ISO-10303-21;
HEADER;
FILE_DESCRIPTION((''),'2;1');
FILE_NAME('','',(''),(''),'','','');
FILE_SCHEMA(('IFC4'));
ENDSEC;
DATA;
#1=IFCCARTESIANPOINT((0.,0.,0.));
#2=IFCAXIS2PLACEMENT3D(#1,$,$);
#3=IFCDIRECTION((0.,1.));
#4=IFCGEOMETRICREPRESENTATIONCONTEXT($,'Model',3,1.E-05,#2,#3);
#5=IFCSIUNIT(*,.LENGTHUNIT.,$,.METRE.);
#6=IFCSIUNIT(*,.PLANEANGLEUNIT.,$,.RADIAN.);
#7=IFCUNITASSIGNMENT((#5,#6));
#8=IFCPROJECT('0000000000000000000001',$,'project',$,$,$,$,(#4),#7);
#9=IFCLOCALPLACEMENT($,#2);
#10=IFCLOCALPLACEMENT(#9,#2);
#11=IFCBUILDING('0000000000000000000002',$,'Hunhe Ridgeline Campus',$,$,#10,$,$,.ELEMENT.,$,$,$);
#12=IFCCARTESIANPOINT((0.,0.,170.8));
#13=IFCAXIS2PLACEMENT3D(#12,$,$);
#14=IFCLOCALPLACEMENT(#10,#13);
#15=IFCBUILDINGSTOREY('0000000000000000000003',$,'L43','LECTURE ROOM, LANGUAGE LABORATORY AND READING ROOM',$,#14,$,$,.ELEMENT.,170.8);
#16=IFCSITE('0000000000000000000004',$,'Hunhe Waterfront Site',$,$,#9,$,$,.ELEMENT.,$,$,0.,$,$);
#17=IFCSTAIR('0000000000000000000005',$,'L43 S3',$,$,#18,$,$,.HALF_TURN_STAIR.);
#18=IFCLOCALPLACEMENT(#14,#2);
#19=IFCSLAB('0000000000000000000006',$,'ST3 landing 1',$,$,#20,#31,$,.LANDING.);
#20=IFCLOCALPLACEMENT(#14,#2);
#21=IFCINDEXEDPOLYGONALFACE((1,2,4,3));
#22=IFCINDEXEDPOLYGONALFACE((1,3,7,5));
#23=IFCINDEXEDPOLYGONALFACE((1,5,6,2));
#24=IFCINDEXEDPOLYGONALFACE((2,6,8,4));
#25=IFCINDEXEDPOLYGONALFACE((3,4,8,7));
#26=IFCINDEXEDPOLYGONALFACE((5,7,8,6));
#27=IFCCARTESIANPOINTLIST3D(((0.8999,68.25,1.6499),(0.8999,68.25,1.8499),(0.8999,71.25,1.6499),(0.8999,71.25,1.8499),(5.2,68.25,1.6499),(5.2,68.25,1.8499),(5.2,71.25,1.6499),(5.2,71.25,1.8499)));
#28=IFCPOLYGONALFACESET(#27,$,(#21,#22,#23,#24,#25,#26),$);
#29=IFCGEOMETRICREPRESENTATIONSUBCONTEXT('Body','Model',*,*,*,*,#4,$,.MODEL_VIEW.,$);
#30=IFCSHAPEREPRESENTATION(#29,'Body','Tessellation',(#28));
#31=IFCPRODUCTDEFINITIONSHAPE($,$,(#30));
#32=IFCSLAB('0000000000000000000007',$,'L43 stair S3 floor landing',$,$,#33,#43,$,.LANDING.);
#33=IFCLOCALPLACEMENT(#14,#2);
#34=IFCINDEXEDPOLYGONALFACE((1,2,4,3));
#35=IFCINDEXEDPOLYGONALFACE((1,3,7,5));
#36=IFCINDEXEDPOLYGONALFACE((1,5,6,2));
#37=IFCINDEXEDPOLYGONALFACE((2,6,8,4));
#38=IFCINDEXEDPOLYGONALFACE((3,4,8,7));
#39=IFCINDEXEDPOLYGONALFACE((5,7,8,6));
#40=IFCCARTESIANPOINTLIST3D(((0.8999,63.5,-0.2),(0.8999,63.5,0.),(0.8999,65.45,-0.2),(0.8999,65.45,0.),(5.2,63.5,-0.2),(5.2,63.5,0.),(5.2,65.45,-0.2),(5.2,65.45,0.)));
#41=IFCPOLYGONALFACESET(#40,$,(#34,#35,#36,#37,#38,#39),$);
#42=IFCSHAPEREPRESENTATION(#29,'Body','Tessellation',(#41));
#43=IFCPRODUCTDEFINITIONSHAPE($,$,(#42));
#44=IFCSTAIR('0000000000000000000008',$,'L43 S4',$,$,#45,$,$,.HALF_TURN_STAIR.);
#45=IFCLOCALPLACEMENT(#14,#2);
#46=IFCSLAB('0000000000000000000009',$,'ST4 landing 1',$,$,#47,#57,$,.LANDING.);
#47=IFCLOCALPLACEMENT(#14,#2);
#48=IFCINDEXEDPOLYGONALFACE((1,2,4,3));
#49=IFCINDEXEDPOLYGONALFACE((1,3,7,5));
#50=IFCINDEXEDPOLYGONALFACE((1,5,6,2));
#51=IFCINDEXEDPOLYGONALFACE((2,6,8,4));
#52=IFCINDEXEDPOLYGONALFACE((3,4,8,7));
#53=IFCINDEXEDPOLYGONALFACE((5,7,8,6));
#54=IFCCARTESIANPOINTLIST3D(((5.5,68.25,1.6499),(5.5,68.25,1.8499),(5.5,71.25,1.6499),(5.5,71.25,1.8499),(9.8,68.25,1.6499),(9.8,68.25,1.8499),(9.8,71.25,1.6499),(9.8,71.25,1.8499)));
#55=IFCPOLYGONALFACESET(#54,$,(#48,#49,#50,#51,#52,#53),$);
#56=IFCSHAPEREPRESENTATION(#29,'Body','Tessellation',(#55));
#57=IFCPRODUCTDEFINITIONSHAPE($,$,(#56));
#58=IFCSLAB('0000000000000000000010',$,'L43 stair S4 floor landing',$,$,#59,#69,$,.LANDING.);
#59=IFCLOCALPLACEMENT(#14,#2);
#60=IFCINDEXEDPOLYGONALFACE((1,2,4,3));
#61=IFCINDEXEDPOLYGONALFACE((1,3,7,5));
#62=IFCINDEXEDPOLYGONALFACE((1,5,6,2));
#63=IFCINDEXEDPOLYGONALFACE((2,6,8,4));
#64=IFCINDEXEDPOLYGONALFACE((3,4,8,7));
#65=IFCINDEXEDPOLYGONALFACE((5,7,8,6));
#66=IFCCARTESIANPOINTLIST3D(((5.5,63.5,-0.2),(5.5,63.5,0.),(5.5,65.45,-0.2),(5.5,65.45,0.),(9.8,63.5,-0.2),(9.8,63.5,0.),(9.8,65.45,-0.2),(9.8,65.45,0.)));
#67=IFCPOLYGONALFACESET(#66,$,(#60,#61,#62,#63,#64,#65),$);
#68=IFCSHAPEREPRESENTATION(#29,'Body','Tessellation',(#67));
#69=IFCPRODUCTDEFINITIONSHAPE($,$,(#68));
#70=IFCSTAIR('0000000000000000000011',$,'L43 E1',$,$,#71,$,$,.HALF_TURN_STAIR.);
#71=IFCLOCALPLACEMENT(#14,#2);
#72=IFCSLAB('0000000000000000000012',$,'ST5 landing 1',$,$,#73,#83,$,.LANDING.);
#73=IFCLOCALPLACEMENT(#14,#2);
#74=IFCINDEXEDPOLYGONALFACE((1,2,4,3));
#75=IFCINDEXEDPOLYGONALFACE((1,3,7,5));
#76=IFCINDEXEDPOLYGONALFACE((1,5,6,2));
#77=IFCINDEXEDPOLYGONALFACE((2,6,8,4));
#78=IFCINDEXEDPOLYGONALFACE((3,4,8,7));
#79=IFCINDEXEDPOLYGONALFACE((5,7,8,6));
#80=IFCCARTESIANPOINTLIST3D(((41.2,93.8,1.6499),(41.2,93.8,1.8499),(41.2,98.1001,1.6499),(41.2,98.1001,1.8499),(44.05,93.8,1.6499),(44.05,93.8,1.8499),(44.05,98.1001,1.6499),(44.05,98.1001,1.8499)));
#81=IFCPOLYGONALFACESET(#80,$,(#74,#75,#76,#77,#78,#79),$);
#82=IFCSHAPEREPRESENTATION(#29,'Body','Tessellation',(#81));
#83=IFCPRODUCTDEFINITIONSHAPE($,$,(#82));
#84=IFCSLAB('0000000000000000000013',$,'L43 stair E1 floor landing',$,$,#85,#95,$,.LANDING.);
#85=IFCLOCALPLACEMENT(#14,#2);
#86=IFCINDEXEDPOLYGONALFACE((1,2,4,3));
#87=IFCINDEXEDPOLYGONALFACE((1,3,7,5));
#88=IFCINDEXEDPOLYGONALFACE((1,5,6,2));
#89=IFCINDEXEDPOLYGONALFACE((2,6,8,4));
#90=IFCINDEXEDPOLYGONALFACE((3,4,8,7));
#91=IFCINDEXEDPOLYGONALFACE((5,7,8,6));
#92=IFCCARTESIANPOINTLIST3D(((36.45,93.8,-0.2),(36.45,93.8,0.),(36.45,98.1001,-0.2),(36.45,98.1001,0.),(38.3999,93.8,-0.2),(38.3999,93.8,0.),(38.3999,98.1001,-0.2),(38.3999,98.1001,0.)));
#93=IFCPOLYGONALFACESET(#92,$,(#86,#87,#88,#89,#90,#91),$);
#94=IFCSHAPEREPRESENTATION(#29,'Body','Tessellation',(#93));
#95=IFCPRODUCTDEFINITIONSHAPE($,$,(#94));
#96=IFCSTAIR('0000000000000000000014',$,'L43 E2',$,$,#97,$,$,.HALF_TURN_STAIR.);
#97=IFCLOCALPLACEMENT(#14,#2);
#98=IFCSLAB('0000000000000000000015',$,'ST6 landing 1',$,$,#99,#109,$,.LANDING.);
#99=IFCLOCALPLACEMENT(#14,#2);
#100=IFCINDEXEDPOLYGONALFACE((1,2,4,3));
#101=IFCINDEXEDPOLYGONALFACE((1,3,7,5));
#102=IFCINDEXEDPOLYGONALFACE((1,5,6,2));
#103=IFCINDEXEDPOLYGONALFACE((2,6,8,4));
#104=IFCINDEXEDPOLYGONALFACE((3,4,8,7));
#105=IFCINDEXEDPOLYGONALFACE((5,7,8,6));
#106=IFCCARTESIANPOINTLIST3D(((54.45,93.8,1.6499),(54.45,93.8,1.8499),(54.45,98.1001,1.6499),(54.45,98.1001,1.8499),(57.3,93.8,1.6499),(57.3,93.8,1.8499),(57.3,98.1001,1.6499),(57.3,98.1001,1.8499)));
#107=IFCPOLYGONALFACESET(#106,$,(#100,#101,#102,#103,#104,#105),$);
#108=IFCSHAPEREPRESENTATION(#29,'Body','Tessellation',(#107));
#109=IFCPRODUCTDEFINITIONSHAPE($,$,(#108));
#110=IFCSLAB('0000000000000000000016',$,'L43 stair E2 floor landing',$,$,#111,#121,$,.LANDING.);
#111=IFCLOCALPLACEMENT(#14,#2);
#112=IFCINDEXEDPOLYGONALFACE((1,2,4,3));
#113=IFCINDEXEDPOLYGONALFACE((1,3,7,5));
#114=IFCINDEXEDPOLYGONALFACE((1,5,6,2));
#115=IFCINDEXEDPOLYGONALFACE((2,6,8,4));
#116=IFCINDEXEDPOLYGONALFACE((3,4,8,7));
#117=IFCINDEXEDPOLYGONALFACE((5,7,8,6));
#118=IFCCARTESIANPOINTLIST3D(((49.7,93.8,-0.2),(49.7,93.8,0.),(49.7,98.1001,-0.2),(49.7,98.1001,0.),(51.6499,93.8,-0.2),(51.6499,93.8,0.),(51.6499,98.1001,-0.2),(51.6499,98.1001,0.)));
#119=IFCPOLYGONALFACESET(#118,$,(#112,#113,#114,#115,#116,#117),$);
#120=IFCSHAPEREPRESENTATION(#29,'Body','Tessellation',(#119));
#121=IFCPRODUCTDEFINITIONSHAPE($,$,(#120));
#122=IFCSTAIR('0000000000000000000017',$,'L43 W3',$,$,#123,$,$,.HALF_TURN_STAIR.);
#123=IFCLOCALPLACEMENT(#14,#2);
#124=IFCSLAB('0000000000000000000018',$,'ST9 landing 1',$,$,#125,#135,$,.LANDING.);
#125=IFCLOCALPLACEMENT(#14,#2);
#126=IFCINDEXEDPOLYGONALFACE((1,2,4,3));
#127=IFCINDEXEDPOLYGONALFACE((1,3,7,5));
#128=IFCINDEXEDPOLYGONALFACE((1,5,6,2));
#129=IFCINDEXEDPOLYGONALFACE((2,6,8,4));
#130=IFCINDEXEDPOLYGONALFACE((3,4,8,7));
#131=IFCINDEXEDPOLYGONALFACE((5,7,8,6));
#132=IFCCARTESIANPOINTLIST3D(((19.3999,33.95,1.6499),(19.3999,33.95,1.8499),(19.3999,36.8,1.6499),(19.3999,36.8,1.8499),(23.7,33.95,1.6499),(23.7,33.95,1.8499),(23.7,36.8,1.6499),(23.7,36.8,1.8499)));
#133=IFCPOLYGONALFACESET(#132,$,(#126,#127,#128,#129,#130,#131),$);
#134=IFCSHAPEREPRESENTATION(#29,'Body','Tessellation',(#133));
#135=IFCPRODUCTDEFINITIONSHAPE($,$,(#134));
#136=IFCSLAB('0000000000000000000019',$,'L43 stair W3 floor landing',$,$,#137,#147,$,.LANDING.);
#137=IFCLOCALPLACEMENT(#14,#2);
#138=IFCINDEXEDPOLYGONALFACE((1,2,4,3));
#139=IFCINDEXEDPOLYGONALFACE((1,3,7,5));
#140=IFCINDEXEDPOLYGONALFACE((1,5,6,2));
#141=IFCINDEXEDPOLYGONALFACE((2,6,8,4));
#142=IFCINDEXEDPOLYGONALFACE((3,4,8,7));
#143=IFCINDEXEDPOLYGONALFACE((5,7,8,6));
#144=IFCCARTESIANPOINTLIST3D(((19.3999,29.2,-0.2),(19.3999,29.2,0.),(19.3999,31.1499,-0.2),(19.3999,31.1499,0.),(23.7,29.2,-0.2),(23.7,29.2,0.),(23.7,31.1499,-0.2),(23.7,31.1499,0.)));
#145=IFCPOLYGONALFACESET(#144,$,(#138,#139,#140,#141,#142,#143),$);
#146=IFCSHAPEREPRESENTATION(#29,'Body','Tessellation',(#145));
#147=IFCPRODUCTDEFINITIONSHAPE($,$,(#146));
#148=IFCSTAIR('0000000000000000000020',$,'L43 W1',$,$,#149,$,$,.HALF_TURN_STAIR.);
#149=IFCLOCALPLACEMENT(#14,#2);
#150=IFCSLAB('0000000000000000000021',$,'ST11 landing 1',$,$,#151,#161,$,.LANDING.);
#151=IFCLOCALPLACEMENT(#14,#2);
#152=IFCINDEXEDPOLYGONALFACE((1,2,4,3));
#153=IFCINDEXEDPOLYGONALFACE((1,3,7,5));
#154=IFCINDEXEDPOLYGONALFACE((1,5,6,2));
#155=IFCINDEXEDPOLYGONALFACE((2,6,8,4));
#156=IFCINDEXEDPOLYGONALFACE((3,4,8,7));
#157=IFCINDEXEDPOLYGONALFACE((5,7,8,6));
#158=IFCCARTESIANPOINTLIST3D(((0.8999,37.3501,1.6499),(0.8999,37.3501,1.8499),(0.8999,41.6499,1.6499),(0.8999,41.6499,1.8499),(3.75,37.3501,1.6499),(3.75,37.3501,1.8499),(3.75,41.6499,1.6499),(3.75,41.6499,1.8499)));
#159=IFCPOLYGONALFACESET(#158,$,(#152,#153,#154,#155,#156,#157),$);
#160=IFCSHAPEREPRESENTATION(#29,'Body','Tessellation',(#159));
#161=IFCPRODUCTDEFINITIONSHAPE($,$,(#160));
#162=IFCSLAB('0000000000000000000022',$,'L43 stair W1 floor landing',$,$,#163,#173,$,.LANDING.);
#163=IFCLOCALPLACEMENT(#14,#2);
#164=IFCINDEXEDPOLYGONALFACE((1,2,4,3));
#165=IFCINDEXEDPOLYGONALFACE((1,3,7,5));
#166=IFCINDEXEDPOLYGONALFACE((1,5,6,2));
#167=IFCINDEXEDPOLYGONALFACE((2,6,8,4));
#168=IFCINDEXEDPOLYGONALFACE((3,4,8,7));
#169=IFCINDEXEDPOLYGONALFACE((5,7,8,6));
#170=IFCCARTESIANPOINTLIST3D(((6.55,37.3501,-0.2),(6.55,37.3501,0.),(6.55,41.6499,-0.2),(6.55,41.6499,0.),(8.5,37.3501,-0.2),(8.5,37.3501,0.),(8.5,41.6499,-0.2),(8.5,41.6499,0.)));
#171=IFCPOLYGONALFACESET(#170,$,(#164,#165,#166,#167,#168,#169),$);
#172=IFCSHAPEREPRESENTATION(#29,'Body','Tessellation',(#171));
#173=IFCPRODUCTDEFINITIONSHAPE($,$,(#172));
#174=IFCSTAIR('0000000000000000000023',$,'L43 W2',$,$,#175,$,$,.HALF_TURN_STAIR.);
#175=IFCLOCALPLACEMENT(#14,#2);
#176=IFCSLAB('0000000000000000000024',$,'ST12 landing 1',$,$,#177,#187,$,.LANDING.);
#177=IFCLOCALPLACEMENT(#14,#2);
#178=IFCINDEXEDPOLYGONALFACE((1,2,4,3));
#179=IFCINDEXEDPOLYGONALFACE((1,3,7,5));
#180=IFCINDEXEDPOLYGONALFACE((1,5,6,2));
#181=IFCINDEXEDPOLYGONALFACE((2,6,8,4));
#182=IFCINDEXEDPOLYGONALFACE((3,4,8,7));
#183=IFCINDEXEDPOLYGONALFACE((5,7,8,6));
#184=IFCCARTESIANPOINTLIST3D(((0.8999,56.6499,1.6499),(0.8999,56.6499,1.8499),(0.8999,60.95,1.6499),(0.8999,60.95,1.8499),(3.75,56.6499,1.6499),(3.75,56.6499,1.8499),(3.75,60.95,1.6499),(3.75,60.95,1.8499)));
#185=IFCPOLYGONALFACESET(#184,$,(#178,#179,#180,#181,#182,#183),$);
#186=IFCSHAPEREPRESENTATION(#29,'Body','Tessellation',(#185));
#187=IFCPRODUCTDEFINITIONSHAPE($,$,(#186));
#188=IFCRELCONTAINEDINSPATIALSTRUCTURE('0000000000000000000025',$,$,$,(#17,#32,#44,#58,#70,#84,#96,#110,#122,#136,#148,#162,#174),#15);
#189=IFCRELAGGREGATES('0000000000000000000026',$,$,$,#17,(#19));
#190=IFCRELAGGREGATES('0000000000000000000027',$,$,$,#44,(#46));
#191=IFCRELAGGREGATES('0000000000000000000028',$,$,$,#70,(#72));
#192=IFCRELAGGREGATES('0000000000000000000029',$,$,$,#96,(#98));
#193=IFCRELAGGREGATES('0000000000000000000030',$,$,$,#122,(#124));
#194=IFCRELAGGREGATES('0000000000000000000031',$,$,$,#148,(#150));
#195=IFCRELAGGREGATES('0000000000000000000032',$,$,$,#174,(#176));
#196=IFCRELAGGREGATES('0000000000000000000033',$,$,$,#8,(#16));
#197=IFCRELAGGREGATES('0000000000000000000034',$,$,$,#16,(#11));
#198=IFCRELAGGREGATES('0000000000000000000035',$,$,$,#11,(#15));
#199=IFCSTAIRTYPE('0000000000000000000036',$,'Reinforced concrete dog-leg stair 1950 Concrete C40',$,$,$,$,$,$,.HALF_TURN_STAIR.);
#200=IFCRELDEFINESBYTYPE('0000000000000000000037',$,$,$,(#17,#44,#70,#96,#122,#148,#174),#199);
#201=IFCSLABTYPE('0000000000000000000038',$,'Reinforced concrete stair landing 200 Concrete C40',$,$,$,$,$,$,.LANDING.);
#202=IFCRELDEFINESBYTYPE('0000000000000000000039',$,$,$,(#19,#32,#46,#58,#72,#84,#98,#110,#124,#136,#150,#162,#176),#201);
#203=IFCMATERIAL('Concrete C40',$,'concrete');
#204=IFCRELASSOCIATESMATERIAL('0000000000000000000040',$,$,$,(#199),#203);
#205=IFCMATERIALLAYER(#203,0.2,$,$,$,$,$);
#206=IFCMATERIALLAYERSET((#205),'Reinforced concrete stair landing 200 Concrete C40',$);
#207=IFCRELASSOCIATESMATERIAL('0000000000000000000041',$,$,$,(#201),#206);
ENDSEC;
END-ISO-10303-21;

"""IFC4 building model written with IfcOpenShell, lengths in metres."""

from ifc_helpers import new_model, si_unit, direction, frame, origin, place, context, subcontext, project, spatial, polyline, outline, extrude, material, layer, layer_set, type_object, element, aggregate, save


model = new_model("IFC4")

# Units and contexts
model_context = context("Model", 3, precision=1e-05, world=origin(), true_north=direction((0.0, 1.0)))
body_context = subcontext(model_context, "Body", "Model", "MODEL_VIEW")
ifc_project = project(units=[si_unit("LENGTHUNIT", "METRE"), si_unit("PLANEANGLEUNIT", "RADIAN")], contexts=[model_context])

# Site, building, storey
site_placement = place(None, origin())
site = spatial("IfcSite", under=ifc_project, at=site_placement, Name="Hunhe Waterfront Site", CompositionType="ELEMENT", RefElevation=0.0)
building_placement = place(site_placement, origin())
building = spatial("IfcBuilding", under=site, at=building_placement, Name="Hunhe Ridgeline Campus", CompositionType="ELEMENT")
storey_placement = place(building_placement, frame((0.0, 0.0, 170.8)))
storey = spatial("IfcBuildingStorey", under=building, at=storey_placement, Name="L43", Description="LECTURE ROOM, LANGUAGE LABORATORY AND READING ROOM", CompositionType="ELEMENT", Elevation=170.8)

# Shared definitions
ifc_material_1 = material(Name="Concrete C40", Category="concrete")

# Shared definitions
stair_type = type_object("IfcStairType", Name="Reinforced concrete dog-leg stair 1950 Concrete C40", PredefinedType="HALF_TURN_STAIR", material=ifc_material_1)
ifc_layer_1 = layer(ifc_material_1, 0.2)
ifc_layer_set_1 = layer_set([ifc_layer_1], Name="Reinforced concrete stair landing 200 Concrete C40")
slab_type_1 = type_object("IfcSlabType", Name="Reinforced concrete stair landing 200 Concrete C40", PredefinedType="LANDING", material=ifc_layer_set_1)

# Stair, slab
stair_1_placement = place(storey_placement, origin())
stair_1 = element("IfcStair", 1, at=stair_1_placement, inside=storey, type_object=stair_type, Name="L43 S3", PredefinedType="HALF_TURN_STAIR")
slab_1_placement = place(storey_placement, frame((0.0, 0.0, 1.6499)))
slab_1 = element("IfcSlab", 2, at=slab_1_placement, type_object=slab_type_1, Name="ST3 landing 1", PredefinedType="LANDING", context=body_context, shape_type="SweptSolid", body=[
    extrude(outline(polyline([(5.2, 68.25), (5.2, 71.25), (0.8999, 71.25), (0.8999, 68.25), (5.2, 68.25)])), origin(), (0.0, 0.0, 1.0), 0.2),
])
aggregate(stair_1, [slab_1])

# Slab
slab_2_placement = place(storey_placement, frame((0.0, 0.0, -0.2)))
element("IfcSlab", 3, at=slab_2_placement, inside=storey, type_object=slab_type_1, Name="L43 stair S3 floor landing", PredefinedType="LANDING", context=body_context, shape_type="SweptSolid", body=[
    extrude(outline(polyline([(5.2, 63.5), (5.2, 65.45), (0.8999, 65.45), (0.8999, 63.5), (5.2, 63.5)])), origin(), (0.0, 0.0, 1.0), 0.2),
])

# Stair, slab
stair_2_placement = place(storey_placement, origin())
stair_2 = element("IfcStair", 4, at=stair_2_placement, inside=storey, type_object=stair_type, Name="L43 S4", PredefinedType="HALF_TURN_STAIR")
slab_3_placement = place(storey_placement, frame((0.0, 0.0, 1.6499)))
slab_3 = element("IfcSlab", 5, at=slab_3_placement, type_object=slab_type_1, Name="ST4 landing 1", PredefinedType="LANDING", context=body_context, shape_type="SweptSolid", body=[
    extrude(outline(polyline([(9.8, 68.25), (9.8, 71.25), (5.5, 71.25), (5.5, 68.25), (9.8, 68.25)])), origin(), (0.0, 0.0, 1.0), 0.2),
])
aggregate(stair_2, [slab_3])

# Slab
slab_4_placement = place(storey_placement, frame((0.0, 0.0, -0.2)))
element("IfcSlab", 6, at=slab_4_placement, inside=storey, type_object=slab_type_1, Name="L43 stair S4 floor landing", PredefinedType="LANDING", context=body_context, shape_type="SweptSolid", body=[
    extrude(outline(polyline([(9.8, 63.5), (9.8, 65.45), (5.5, 65.45), (5.5, 63.5), (9.8, 63.5)])), origin(), (0.0, 0.0, 1.0), 0.2),
])

# Stair, slab
stair_3_placement = place(storey_placement, origin())
stair_3 = element("IfcStair", 7, at=stair_3_placement, inside=storey, type_object=stair_type, Name="L43 E1", PredefinedType="HALF_TURN_STAIR")
slab_5_placement = place(storey_placement, frame((0.0, 0.0, 1.6499)))
slab_5 = element("IfcSlab", 8, at=slab_5_placement, type_object=slab_type_1, Name="ST5 landing 1", PredefinedType="LANDING", context=body_context, shape_type="SweptSolid", body=[
    extrude(outline(polyline([(41.2, 93.8), (44.05, 93.8), (44.05, 98.1001), (41.2, 98.1001), (41.2, 93.8)])), origin(), (0.0, 0.0, 1.0), 0.2),
])
aggregate(stair_3, [slab_5])

# Slab
slab_6_placement = place(storey_placement, frame((0.0, 0.0, -0.2)))
element("IfcSlab", 9, at=slab_6_placement, inside=storey, type_object=slab_type_1, Name="L43 stair E1 floor landing", PredefinedType="LANDING", context=body_context, shape_type="SweptSolid", body=[
    extrude(outline(polyline([(36.45, 93.8), (38.3999, 93.8), (38.3999, 98.1001), (36.45, 98.1001), (36.45, 93.8)])), origin(), (0.0, 0.0, 1.0), 0.2),
])

# Stair, slab
stair_4_placement = place(storey_placement, origin())
stair_4 = element("IfcStair", 10, at=stair_4_placement, inside=storey, type_object=stair_type, Name="L43 E2", PredefinedType="HALF_TURN_STAIR")
slab_7_placement = place(storey_placement, frame((0.0, 0.0, 1.6499)))
slab_7 = element("IfcSlab", 11, at=slab_7_placement, type_object=slab_type_1, Name="ST6 landing 1", PredefinedType="LANDING", context=body_context, shape_type="SweptSolid", body=[
    extrude(outline(polyline([(54.45, 93.8), (57.3, 93.8), (57.3, 98.1001), (54.45, 98.1001), (54.45, 93.8)])), origin(), (0.0, 0.0, 1.0), 0.2),
])
aggregate(stair_4, [slab_7])

# Slab
slab_8_placement = place(storey_placement, frame((0.0, 0.0, -0.2)))
element("IfcSlab", 12, at=slab_8_placement, inside=storey, type_object=slab_type_1, Name="L43 stair E2 floor landing", PredefinedType="LANDING", context=body_context, shape_type="SweptSolid", body=[
    extrude(outline(polyline([(49.7, 93.8), (51.6499, 93.8), (51.6499, 98.1001), (49.7, 98.1001), (49.7, 93.8)])), origin(), (0.0, 0.0, 1.0), 0.2),
])

# Stair, slab
stair_5_placement = place(storey_placement, origin())
stair_5 = element("IfcStair", 13, at=stair_5_placement, inside=storey, type_object=stair_type, Name="L43 W3", PredefinedType="HALF_TURN_STAIR")
slab_9_placement = place(storey_placement, frame((0.0, 0.0, 1.6499)))
slab_9 = element("IfcSlab", 14, at=slab_9_placement, type_object=slab_type_1, Name="ST9 landing 1", PredefinedType="LANDING", context=body_context, shape_type="SweptSolid", body=[
    extrude(outline(polyline([(23.7, 33.95), (23.7, 36.8), (19.3999, 36.8), (19.3999, 33.95), (23.7, 33.95)])), origin(), (0.0, 0.0, 1.0), 0.2),
])
aggregate(stair_5, [slab_9])

# Slab
slab_10_placement = place(storey_placement, frame((0.0, 0.0, -0.2)))
element("IfcSlab", 15, at=slab_10_placement, inside=storey, type_object=slab_type_1, Name="L43 stair W3 floor landing", PredefinedType="LANDING", context=body_context, shape_type="SweptSolid", body=[
    extrude(outline(polyline([(23.7, 29.2), (23.7, 31.1499), (19.3999, 31.1499), (19.3999, 29.2), (23.7, 29.2)])), origin(), (0.0, 0.0, 1.0), 0.2),
])

# Stair, slab
stair_6_placement = place(storey_placement, origin())
stair_6 = element("IfcStair", 16, at=stair_6_placement, inside=storey, type_object=stair_type, Name="L43 W1", PredefinedType="HALF_TURN_STAIR")
slab_11_placement = place(storey_placement, frame((0.0, 0.0, 1.6499)))
slab_11 = element("IfcSlab", 17, at=slab_11_placement, type_object=slab_type_1, Name="ST11 landing 1", PredefinedType="LANDING", context=body_context, shape_type="SweptSolid", body=[
    extrude(outline(polyline([(3.75, 41.6499), (0.8999, 41.6499), (0.8999, 37.3501), (3.75, 37.3501), (3.75, 41.6499)])), origin(), (0.0, 0.0, 1.0), 0.2),
])
aggregate(stair_6, [slab_11])

# Slab
slab_12_placement = place(storey_placement, frame((0.0, 0.0, -0.2)))
element("IfcSlab", 18, at=slab_12_placement, inside=storey, type_object=slab_type_1, Name="L43 stair W1 floor landing", PredefinedType="LANDING", context=body_context, shape_type="SweptSolid", body=[
    extrude(outline(polyline([(8.5, 41.6499), (6.55, 41.6499), (6.55, 37.3501), (8.5, 37.3501), (8.5, 41.6499)])), origin(), (0.0, 0.0, 1.0), 0.2),
])

# Stair, slab
stair_7_placement = place(storey_placement, origin())
stair_7 = element("IfcStair", 19, at=stair_7_placement, inside=storey, type_object=stair_type, Name="L43 W2", PredefinedType="HALF_TURN_STAIR")
slab_13_placement = place(storey_placement, frame((0.0, 0.0, 1.6499)))
slab_13 = element("IfcSlab", 20, at=slab_13_placement, type_object=slab_type_1, Name="ST12 landing 1", PredefinedType="LANDING", context=body_context, shape_type="SweptSolid", body=[
    extrude(outline(polyline([(3.75, 60.95), (0.8999, 60.95), (0.8999, 56.6499), (3.75, 56.6499), (3.75, 60.95)])), origin(), (0.0, 0.0, 1.0), 0.2),
])
aggregate(stair_7, [slab_13])

save(model, "model.ifc")
